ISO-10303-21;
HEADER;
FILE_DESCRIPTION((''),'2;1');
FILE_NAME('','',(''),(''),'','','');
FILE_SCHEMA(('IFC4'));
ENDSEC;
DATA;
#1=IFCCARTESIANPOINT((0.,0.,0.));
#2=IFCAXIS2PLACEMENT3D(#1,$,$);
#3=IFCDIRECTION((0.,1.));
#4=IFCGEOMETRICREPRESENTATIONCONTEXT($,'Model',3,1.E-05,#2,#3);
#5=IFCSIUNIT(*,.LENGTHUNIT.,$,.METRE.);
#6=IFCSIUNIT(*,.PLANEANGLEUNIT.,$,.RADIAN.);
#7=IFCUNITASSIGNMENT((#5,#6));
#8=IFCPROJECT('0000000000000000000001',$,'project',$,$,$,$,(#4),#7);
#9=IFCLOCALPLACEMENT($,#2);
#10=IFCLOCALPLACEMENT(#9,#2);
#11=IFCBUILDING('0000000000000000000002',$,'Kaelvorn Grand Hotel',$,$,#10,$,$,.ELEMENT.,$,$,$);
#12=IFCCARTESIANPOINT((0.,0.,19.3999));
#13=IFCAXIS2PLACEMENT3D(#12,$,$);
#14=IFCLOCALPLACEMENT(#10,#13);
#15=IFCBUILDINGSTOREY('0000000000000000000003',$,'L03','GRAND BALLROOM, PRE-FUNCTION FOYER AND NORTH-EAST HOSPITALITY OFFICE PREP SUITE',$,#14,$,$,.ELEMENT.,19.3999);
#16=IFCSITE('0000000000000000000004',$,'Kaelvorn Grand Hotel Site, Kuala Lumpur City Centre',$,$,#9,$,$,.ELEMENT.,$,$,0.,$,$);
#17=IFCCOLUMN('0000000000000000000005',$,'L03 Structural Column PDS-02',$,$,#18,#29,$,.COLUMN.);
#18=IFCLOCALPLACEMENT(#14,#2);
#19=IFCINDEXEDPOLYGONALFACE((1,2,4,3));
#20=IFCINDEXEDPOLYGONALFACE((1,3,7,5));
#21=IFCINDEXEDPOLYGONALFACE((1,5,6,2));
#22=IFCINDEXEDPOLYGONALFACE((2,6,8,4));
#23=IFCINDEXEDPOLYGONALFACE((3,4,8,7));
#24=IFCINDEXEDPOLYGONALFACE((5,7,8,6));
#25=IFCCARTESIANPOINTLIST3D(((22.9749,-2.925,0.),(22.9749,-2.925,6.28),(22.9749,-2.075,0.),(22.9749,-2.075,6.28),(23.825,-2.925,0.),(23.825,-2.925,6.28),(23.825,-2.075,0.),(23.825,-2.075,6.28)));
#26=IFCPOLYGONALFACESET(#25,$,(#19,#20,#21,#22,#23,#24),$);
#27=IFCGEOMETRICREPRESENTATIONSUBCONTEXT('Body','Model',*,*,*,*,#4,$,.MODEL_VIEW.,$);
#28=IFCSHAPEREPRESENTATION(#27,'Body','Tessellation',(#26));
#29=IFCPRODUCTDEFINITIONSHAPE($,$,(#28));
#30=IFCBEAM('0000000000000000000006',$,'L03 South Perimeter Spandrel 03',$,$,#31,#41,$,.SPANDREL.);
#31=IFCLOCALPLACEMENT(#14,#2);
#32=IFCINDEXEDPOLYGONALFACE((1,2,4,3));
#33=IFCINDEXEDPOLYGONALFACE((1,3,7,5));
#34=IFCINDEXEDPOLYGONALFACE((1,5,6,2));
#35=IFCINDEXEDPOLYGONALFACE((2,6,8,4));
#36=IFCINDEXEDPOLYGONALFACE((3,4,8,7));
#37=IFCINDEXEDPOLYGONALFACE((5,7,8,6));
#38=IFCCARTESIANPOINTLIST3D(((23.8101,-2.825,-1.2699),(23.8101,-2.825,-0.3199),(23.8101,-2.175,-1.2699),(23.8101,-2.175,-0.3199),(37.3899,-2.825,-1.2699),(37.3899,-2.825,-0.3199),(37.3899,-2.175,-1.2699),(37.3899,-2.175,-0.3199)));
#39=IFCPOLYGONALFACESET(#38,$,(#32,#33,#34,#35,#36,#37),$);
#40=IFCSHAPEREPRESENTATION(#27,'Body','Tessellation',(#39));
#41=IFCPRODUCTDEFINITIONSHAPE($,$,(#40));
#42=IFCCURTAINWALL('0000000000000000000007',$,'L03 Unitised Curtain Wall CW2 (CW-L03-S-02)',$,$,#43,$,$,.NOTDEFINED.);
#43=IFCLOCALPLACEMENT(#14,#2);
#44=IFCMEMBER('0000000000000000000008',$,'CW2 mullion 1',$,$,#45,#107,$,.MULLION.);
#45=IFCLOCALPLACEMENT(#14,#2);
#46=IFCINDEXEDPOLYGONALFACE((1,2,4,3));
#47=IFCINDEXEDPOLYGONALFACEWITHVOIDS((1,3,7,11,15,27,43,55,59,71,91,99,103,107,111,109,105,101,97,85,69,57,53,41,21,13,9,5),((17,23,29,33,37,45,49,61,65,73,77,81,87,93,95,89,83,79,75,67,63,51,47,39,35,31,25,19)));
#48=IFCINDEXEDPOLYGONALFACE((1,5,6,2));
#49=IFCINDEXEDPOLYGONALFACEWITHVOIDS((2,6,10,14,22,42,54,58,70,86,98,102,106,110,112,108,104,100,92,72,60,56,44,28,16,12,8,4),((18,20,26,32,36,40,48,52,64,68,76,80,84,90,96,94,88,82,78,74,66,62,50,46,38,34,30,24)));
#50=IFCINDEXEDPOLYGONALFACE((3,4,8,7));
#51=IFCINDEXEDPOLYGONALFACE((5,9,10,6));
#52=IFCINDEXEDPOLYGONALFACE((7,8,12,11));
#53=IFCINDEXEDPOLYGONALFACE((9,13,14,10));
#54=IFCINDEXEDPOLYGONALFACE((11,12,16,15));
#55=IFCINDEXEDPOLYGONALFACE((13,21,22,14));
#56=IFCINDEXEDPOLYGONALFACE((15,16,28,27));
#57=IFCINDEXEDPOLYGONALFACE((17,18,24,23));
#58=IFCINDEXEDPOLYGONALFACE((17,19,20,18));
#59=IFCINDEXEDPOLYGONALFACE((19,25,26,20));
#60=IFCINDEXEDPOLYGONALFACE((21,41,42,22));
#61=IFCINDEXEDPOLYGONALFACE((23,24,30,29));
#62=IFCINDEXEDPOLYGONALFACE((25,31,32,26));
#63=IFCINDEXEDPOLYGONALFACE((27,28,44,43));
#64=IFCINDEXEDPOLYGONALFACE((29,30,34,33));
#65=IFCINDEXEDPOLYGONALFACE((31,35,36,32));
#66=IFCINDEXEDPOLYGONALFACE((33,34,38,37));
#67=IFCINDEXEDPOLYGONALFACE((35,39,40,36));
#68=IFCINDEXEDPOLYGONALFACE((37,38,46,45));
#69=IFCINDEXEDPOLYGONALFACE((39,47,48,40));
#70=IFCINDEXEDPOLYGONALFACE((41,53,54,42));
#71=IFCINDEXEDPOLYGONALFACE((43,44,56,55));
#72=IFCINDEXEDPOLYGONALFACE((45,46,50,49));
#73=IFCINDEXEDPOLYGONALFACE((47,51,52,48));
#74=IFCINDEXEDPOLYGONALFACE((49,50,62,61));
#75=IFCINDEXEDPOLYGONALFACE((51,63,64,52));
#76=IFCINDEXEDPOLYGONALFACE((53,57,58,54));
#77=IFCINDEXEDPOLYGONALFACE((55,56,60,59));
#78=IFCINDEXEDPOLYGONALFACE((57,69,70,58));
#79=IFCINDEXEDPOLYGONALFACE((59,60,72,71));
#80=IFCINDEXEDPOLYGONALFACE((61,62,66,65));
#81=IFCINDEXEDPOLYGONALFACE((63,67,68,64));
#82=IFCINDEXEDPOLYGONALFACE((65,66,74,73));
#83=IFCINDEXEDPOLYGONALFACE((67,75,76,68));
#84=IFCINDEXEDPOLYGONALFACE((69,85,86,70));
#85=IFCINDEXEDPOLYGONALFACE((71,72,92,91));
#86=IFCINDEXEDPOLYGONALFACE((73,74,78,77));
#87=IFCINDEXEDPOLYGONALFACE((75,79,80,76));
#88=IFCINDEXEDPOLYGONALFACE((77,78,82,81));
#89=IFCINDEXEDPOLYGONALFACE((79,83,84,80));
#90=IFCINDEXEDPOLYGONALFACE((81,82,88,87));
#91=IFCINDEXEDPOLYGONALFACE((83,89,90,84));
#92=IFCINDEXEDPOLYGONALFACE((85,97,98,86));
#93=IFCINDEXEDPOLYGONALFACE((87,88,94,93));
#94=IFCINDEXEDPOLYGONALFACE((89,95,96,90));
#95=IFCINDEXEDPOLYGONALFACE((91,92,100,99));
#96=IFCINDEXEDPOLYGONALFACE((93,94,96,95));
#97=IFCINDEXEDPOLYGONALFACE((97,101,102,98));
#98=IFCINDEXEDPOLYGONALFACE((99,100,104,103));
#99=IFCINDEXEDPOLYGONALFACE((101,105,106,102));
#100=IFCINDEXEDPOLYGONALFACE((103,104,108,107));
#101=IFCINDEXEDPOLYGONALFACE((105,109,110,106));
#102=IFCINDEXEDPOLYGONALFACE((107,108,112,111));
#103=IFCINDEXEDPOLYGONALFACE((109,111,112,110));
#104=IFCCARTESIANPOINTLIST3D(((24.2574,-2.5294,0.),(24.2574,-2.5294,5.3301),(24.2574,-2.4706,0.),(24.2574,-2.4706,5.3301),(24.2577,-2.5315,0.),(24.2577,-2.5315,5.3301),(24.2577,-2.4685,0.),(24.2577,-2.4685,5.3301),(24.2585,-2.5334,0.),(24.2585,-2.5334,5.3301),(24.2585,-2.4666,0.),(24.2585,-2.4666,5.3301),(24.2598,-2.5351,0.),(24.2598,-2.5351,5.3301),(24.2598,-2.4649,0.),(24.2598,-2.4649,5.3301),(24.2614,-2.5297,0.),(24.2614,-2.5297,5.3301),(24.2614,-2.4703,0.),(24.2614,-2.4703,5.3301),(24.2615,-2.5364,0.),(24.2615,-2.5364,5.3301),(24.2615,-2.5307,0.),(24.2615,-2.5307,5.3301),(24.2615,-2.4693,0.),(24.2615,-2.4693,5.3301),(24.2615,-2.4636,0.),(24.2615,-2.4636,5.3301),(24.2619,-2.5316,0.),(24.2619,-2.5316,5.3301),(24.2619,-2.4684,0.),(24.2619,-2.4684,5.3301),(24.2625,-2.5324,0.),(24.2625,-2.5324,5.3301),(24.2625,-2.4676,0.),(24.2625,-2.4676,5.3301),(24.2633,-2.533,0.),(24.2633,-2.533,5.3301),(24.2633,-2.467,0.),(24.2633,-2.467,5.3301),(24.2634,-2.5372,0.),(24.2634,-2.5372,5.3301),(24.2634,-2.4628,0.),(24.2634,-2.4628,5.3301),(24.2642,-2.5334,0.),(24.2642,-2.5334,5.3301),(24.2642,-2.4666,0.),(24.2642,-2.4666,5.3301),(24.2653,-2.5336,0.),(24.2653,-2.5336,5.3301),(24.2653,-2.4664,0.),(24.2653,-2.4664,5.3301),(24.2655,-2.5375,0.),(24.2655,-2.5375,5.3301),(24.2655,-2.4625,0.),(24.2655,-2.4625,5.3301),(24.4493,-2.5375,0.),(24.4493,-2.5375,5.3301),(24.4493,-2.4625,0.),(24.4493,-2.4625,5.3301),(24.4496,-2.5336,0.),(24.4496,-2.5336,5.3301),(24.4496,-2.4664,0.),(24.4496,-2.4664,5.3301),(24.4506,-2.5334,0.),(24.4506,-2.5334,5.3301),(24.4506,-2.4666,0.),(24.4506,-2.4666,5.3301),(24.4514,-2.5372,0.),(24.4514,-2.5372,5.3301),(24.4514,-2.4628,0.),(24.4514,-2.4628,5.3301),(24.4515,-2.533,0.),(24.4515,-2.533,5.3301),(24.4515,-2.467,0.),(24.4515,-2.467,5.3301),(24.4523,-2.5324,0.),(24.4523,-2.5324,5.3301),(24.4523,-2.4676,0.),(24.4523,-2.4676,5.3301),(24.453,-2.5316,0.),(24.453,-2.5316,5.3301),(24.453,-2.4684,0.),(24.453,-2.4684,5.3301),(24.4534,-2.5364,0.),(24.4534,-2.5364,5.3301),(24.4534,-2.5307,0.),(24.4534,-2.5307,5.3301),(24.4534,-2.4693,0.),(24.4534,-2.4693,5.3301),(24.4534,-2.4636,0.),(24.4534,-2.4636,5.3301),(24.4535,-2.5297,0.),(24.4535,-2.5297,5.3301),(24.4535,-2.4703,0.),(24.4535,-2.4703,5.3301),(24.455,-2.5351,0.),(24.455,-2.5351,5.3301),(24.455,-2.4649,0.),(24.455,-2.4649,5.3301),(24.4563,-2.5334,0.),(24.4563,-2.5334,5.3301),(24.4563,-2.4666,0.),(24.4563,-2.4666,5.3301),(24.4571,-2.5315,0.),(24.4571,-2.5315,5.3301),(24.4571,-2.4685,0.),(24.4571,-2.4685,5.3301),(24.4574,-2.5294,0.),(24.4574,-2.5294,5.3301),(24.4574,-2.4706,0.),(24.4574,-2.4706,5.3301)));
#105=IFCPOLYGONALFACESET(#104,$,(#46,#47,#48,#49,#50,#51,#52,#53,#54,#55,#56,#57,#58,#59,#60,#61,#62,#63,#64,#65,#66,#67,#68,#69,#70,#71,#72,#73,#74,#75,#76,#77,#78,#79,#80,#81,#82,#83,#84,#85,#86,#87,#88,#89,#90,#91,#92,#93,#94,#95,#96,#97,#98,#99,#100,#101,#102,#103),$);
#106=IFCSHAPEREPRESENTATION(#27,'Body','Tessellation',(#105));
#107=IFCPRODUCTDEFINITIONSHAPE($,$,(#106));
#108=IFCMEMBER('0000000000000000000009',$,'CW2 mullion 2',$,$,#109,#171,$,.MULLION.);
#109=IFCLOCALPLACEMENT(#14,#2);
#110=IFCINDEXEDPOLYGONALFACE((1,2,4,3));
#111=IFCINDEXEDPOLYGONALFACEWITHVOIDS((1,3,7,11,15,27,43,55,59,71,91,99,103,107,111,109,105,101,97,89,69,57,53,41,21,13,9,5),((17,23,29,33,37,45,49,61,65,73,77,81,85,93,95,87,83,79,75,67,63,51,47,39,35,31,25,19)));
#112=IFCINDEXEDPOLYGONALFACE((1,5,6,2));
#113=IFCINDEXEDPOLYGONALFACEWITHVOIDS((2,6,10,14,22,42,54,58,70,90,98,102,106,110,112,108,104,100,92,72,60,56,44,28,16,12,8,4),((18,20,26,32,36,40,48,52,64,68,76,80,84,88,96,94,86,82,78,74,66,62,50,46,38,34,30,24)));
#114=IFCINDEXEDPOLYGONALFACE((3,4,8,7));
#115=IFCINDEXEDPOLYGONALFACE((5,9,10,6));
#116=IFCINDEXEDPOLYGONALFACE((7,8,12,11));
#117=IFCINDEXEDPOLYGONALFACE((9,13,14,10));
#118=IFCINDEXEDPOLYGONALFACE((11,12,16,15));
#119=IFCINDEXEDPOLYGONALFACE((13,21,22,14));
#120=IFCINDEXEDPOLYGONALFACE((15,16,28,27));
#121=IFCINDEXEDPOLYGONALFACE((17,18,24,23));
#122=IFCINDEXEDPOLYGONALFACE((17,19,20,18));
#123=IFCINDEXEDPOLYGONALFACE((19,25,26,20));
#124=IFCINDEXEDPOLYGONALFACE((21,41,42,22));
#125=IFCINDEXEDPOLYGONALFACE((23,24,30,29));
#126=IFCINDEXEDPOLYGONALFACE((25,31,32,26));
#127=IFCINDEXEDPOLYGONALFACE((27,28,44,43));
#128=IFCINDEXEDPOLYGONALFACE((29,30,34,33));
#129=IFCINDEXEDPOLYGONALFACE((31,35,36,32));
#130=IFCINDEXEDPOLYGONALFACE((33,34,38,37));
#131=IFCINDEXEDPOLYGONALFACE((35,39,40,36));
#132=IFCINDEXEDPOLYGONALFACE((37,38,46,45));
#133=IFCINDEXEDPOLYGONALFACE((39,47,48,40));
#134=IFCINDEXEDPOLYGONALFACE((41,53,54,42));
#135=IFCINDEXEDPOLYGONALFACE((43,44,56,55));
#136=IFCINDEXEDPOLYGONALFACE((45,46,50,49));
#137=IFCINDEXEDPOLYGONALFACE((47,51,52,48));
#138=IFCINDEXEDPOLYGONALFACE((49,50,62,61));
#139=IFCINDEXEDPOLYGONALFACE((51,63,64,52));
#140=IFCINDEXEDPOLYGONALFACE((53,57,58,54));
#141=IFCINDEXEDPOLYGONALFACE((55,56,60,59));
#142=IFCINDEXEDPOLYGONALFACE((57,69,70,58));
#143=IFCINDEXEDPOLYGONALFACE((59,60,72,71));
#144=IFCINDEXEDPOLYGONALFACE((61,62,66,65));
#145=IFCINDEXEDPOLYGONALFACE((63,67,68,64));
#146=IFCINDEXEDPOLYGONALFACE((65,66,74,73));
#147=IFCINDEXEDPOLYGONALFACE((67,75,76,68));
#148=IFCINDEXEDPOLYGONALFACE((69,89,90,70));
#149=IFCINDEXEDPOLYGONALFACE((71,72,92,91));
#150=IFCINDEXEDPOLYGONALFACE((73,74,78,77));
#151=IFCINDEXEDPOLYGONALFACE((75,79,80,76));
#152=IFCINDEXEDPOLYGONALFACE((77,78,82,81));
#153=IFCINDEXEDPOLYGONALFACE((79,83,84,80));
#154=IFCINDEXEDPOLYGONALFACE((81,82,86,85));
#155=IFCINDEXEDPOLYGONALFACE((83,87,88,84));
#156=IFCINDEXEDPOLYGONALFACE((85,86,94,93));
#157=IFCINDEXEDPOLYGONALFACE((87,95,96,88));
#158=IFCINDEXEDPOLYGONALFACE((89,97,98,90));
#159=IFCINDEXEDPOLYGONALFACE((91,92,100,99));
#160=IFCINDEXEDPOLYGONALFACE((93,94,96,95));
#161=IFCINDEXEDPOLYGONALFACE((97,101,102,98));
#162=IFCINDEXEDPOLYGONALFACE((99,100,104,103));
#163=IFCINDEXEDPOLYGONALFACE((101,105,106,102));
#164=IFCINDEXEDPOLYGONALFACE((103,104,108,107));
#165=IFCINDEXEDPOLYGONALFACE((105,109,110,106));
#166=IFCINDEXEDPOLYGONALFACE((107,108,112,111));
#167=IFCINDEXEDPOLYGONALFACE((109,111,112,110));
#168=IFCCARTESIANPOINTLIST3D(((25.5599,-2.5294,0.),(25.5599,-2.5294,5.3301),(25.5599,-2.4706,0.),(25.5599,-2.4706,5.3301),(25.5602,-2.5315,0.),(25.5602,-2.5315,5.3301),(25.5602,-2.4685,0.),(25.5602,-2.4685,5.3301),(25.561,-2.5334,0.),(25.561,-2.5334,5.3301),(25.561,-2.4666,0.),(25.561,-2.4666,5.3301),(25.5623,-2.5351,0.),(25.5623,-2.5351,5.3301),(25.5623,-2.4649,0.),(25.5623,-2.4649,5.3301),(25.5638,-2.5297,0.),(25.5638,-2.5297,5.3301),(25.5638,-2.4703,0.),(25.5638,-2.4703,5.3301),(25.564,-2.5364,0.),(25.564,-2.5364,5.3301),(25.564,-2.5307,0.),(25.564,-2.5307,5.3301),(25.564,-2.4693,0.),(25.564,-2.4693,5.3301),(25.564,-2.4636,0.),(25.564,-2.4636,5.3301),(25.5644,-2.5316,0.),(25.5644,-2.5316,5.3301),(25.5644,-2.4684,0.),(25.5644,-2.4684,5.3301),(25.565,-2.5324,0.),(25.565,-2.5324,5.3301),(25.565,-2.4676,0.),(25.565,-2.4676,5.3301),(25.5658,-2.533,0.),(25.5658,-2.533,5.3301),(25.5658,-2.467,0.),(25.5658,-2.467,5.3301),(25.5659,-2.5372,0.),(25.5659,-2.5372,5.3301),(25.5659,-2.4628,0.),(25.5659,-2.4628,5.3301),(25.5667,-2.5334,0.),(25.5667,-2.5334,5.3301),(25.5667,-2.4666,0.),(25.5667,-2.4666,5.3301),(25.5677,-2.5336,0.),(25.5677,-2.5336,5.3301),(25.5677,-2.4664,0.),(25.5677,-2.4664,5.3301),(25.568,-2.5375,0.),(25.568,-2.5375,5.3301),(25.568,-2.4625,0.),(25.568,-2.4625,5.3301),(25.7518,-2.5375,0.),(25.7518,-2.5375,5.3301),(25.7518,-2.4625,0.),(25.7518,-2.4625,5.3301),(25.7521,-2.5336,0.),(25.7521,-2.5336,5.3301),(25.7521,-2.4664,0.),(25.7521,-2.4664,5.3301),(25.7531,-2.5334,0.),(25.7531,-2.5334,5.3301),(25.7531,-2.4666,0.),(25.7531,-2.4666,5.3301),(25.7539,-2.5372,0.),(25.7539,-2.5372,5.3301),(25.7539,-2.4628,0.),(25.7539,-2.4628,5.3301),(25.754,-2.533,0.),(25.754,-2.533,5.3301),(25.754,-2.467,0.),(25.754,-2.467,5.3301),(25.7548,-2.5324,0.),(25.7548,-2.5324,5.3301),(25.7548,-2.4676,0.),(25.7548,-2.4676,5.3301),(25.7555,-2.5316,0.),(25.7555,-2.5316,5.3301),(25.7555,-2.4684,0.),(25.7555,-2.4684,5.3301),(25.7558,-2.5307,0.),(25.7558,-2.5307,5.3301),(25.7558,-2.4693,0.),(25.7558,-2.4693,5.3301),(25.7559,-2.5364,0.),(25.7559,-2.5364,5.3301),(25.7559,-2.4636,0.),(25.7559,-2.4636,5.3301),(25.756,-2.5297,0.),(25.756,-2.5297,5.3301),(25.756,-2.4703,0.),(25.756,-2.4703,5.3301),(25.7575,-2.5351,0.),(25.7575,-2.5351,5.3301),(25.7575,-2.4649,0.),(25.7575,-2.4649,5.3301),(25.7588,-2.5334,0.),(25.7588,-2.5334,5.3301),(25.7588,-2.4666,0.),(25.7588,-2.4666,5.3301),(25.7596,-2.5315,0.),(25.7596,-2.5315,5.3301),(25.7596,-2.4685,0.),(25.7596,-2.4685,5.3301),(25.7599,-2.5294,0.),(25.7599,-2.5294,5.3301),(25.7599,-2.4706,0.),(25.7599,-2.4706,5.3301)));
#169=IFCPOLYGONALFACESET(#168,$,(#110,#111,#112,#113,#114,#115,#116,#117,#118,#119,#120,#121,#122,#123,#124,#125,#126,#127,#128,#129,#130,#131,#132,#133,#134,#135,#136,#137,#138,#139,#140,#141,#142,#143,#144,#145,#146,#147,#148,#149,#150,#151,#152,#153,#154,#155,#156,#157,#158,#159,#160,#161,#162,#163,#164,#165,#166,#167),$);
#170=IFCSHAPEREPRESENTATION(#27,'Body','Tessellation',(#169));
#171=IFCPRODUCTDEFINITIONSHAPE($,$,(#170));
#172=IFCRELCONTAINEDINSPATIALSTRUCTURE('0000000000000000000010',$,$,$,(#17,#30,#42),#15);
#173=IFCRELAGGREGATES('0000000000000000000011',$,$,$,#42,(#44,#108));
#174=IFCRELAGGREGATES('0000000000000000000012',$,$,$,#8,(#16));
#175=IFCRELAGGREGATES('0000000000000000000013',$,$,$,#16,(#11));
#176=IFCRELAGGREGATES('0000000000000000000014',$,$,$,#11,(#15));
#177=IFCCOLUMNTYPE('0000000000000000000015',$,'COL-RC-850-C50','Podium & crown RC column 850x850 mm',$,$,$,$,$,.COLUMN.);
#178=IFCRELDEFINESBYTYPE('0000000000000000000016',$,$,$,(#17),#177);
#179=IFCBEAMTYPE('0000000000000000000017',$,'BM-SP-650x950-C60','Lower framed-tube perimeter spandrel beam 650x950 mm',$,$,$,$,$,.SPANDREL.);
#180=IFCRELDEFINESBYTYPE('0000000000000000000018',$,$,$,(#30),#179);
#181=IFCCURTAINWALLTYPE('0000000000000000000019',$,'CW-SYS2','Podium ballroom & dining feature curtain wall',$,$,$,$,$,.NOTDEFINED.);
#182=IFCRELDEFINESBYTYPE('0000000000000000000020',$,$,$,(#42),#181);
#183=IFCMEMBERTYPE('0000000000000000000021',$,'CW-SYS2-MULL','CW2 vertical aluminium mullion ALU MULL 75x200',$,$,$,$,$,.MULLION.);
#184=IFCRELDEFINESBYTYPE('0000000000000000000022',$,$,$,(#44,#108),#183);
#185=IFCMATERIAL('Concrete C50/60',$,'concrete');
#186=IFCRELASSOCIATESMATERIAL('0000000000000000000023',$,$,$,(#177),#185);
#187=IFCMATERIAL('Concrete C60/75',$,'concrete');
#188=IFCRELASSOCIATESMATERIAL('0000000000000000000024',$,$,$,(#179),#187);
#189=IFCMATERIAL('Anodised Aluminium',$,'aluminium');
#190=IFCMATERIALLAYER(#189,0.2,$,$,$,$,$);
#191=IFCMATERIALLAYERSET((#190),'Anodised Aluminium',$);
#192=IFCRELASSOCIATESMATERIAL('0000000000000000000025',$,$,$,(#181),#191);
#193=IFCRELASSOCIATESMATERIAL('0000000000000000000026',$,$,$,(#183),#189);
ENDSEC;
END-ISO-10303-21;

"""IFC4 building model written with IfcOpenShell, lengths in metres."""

from ifc_helpers import new_model, si_unit, direction, frame, origin, origin_2d, place, context, subcontext, project, spatial, rectangle, hollow_rectangle, extrude, material, layer, layer_set, material_profile, profile_set, type_object, element, aggregate, save


model = new_model("IFC4")

# Units and contexts
model_context = context("Model", 3, precision=1e-05, world=origin(), true_north=direction((0.0, 1.0)))
body_context = subcontext(model_context, "Body", "Model", "MODEL_VIEW")
ifc_project = project(units=[si_unit("LENGTHUNIT", "METRE"), si_unit("PLANEANGLEUNIT", "RADIAN")], contexts=[model_context])

# Site, building, storey
site_placement = place(None, origin())
site = spatial("IfcSite", under=ifc_project, at=site_placement, Name="Kaelvorn Grand Hotel Site, Kuala Lumpur City Centre", CompositionType="ELEMENT", RefElevation=0.0)
building_placement = place(site_placement, origin())
building = spatial("IfcBuilding", under=site, at=building_placement, Name="Kaelvorn Grand Hotel", CompositionType="ELEMENT")
storey_placement = place(building_placement, frame((0.0, 0.0, 19.3999)))
storey = spatial("IfcBuildingStorey", under=building, at=storey_placement, Name="L03", Description="GRAND BALLROOM, PRE-FUNCTION FOYER AND NORTH-EAST HOSPITALITY OFFICE PREP SUITE", CompositionType="ELEMENT", Elevation=19.3999)

# Column
ifc_material_1 = material(Name="Concrete C50/60", Category="concrete")
ifc_material_profile_1 = material_profile(ifc_material_1, rectangle(XDim=0.8501, YDim=0.8501, at=origin_2d()), Name="RC COL 850x850")
ifc_profile_set_1 = profile_set([ifc_material_profile_1], Name="Concrete C50/60")
column_type = type_object("IfcColumnType", Name="COL-RC-850-C50", Description="Podium & crown RC column 850x850 mm", PredefinedType="COLUMN", material=ifc_profile_set_1)
column_placement = place(storey_placement, frame((23.3999, -2.5, 0.0), z_axis=(0.0, 0.0, 1.0), x_axis=(1.0, 0.0, 0.0)))
element("IfcColumn", 1, at=column_placement, inside=storey, type_object=column_type, Name="L03 Structural Column PDS-02", PredefinedType="COLUMN", context=body_context, shape_type="SweptSolid", body=[
    extrude(rectangle(XDim=0.8501, YDim=0.8501, at=origin_2d()), origin(), (0.0, 0.0, 1.0), 6.28),
])

# Beam
ifc_material_2 = material(Name="Concrete C60/75", Category="concrete")
ifc_material_profile_2 = material_profile(ifc_material_2, rectangle(XDim=0.6499, YDim=0.95, at=origin_2d()), Name="RC SPANDREL 650x950")
ifc_profile_set_2 = profile_set([ifc_material_profile_2], Name="Concrete C60/75")
beam_type = type_object("IfcBeamType", Name="BM-SP-650x950-C60", Description="Lower framed-tube perimeter spandrel beam 650x950 mm", PredefinedType="SPANDREL", material=ifc_profile_set_2)
beam_placement = place(storey_placement, frame((23.8101, -2.5, -0.7949), z_axis=(1.0, 0.0, 0.0), x_axis=(0.0, 1.0, 0.0)))
element("IfcBeam", 2, at=beam_placement, inside=storey, type_object=beam_type, Name="L03 South Perimeter Spandrel 03", PredefinedType="SPANDREL", context=body_context, shape_type="SweptSolid", body=[
    extrude(rectangle(XDim=0.6499, YDim=0.95, at=origin_2d()), origin(), (0.0, 0.0, 1.0), 13.5798),
])

# Curtain wall, members
ifc_material_3 = material(Name="Anodised Aluminium", Category="aluminium")
ifc_layer_1 = layer(ifc_material_3, 0.2)
ifc_layer_set_1 = layer_set([ifc_layer_1], Name="Anodised Aluminium")
curtain_wall_type = type_object("IfcCurtainWallType", Name="CW-SYS2", Description="Podium ballroom & dining feature curtain wall", PredefinedType="NOTDEFINED", material=ifc_layer_set_1)
curtain_wall_1_placement = place(storey_placement, origin())
curtain_wall_1 = element("IfcCurtainWall", 3, at=curtain_wall_1_placement, inside=storey, type_object=curtain_wall_type, Name="L03 Unitised Curtain Wall CW2 (CW-L03-S-02)", PredefinedType="NOTDEFINED")
ifc_material_profile_3 = material_profile(ifc_material_3, hollow_rectangle(XDim=0.075, YDim=0.2, WallThickness=0.0039, InnerFilletRadius=0.0039, OuterFilletRadius=0.0081, at=origin_2d()), Name="ALU MULL 75x200")
ifc_profile_set_3 = profile_set([ifc_material_profile_3], Name="Anodised Aluminium")
member_type_1 = type_object("IfcMemberType", Name="CW-SYS2-MULL", Description="CW2 vertical aluminium mullion ALU MULL 75x200", PredefinedType="MULLION", material=ifc_profile_set_3)
member_1_placement = place(storey_placement, frame((24.3574, -2.5, 0.0), z_axis=(0.0, 0.0, 1.0), x_axis=(0.0, 1.0, 0.0)))
member_1 = element("IfcMember", 4, at=member_1_placement, type_object=member_type_1, Name="CW2 mullion 1", PredefinedType="MULLION", context=body_context, shape_type="SweptSolid", body=[
    extrude(hollow_rectangle(XDim=0.075, YDim=0.2, WallThickness=0.0039, InnerFilletRadius=0.0039, OuterFilletRadius=0.0081, at=origin_2d()), origin(), (0.0, 0.0, 1.0), 5.3301),
])
member_2_placement = place(storey_placement, frame((25.6599, -2.5, 0.0), z_axis=(0.0, 0.0, 1.0), x_axis=(0.0, 1.0, 0.0)))
member_2 = element("IfcMember", 5, at=member_2_placement, type_object=member_type_1, Name="CW2 mullion 2", PredefinedType="MULLION", context=body_context, shape_type="SweptSolid", body=[
    extrude(hollow_rectangle(XDim=0.075, YDim=0.2, WallThickness=0.0039, InnerFilletRadius=0.0039, OuterFilletRadius=0.0081, at=origin_2d()), origin(), (0.0, 0.0, 1.0), 5.3301),
])

aggregate(curtain_wall_1, [member_1, member_2])

save(model, "model.ifc")
